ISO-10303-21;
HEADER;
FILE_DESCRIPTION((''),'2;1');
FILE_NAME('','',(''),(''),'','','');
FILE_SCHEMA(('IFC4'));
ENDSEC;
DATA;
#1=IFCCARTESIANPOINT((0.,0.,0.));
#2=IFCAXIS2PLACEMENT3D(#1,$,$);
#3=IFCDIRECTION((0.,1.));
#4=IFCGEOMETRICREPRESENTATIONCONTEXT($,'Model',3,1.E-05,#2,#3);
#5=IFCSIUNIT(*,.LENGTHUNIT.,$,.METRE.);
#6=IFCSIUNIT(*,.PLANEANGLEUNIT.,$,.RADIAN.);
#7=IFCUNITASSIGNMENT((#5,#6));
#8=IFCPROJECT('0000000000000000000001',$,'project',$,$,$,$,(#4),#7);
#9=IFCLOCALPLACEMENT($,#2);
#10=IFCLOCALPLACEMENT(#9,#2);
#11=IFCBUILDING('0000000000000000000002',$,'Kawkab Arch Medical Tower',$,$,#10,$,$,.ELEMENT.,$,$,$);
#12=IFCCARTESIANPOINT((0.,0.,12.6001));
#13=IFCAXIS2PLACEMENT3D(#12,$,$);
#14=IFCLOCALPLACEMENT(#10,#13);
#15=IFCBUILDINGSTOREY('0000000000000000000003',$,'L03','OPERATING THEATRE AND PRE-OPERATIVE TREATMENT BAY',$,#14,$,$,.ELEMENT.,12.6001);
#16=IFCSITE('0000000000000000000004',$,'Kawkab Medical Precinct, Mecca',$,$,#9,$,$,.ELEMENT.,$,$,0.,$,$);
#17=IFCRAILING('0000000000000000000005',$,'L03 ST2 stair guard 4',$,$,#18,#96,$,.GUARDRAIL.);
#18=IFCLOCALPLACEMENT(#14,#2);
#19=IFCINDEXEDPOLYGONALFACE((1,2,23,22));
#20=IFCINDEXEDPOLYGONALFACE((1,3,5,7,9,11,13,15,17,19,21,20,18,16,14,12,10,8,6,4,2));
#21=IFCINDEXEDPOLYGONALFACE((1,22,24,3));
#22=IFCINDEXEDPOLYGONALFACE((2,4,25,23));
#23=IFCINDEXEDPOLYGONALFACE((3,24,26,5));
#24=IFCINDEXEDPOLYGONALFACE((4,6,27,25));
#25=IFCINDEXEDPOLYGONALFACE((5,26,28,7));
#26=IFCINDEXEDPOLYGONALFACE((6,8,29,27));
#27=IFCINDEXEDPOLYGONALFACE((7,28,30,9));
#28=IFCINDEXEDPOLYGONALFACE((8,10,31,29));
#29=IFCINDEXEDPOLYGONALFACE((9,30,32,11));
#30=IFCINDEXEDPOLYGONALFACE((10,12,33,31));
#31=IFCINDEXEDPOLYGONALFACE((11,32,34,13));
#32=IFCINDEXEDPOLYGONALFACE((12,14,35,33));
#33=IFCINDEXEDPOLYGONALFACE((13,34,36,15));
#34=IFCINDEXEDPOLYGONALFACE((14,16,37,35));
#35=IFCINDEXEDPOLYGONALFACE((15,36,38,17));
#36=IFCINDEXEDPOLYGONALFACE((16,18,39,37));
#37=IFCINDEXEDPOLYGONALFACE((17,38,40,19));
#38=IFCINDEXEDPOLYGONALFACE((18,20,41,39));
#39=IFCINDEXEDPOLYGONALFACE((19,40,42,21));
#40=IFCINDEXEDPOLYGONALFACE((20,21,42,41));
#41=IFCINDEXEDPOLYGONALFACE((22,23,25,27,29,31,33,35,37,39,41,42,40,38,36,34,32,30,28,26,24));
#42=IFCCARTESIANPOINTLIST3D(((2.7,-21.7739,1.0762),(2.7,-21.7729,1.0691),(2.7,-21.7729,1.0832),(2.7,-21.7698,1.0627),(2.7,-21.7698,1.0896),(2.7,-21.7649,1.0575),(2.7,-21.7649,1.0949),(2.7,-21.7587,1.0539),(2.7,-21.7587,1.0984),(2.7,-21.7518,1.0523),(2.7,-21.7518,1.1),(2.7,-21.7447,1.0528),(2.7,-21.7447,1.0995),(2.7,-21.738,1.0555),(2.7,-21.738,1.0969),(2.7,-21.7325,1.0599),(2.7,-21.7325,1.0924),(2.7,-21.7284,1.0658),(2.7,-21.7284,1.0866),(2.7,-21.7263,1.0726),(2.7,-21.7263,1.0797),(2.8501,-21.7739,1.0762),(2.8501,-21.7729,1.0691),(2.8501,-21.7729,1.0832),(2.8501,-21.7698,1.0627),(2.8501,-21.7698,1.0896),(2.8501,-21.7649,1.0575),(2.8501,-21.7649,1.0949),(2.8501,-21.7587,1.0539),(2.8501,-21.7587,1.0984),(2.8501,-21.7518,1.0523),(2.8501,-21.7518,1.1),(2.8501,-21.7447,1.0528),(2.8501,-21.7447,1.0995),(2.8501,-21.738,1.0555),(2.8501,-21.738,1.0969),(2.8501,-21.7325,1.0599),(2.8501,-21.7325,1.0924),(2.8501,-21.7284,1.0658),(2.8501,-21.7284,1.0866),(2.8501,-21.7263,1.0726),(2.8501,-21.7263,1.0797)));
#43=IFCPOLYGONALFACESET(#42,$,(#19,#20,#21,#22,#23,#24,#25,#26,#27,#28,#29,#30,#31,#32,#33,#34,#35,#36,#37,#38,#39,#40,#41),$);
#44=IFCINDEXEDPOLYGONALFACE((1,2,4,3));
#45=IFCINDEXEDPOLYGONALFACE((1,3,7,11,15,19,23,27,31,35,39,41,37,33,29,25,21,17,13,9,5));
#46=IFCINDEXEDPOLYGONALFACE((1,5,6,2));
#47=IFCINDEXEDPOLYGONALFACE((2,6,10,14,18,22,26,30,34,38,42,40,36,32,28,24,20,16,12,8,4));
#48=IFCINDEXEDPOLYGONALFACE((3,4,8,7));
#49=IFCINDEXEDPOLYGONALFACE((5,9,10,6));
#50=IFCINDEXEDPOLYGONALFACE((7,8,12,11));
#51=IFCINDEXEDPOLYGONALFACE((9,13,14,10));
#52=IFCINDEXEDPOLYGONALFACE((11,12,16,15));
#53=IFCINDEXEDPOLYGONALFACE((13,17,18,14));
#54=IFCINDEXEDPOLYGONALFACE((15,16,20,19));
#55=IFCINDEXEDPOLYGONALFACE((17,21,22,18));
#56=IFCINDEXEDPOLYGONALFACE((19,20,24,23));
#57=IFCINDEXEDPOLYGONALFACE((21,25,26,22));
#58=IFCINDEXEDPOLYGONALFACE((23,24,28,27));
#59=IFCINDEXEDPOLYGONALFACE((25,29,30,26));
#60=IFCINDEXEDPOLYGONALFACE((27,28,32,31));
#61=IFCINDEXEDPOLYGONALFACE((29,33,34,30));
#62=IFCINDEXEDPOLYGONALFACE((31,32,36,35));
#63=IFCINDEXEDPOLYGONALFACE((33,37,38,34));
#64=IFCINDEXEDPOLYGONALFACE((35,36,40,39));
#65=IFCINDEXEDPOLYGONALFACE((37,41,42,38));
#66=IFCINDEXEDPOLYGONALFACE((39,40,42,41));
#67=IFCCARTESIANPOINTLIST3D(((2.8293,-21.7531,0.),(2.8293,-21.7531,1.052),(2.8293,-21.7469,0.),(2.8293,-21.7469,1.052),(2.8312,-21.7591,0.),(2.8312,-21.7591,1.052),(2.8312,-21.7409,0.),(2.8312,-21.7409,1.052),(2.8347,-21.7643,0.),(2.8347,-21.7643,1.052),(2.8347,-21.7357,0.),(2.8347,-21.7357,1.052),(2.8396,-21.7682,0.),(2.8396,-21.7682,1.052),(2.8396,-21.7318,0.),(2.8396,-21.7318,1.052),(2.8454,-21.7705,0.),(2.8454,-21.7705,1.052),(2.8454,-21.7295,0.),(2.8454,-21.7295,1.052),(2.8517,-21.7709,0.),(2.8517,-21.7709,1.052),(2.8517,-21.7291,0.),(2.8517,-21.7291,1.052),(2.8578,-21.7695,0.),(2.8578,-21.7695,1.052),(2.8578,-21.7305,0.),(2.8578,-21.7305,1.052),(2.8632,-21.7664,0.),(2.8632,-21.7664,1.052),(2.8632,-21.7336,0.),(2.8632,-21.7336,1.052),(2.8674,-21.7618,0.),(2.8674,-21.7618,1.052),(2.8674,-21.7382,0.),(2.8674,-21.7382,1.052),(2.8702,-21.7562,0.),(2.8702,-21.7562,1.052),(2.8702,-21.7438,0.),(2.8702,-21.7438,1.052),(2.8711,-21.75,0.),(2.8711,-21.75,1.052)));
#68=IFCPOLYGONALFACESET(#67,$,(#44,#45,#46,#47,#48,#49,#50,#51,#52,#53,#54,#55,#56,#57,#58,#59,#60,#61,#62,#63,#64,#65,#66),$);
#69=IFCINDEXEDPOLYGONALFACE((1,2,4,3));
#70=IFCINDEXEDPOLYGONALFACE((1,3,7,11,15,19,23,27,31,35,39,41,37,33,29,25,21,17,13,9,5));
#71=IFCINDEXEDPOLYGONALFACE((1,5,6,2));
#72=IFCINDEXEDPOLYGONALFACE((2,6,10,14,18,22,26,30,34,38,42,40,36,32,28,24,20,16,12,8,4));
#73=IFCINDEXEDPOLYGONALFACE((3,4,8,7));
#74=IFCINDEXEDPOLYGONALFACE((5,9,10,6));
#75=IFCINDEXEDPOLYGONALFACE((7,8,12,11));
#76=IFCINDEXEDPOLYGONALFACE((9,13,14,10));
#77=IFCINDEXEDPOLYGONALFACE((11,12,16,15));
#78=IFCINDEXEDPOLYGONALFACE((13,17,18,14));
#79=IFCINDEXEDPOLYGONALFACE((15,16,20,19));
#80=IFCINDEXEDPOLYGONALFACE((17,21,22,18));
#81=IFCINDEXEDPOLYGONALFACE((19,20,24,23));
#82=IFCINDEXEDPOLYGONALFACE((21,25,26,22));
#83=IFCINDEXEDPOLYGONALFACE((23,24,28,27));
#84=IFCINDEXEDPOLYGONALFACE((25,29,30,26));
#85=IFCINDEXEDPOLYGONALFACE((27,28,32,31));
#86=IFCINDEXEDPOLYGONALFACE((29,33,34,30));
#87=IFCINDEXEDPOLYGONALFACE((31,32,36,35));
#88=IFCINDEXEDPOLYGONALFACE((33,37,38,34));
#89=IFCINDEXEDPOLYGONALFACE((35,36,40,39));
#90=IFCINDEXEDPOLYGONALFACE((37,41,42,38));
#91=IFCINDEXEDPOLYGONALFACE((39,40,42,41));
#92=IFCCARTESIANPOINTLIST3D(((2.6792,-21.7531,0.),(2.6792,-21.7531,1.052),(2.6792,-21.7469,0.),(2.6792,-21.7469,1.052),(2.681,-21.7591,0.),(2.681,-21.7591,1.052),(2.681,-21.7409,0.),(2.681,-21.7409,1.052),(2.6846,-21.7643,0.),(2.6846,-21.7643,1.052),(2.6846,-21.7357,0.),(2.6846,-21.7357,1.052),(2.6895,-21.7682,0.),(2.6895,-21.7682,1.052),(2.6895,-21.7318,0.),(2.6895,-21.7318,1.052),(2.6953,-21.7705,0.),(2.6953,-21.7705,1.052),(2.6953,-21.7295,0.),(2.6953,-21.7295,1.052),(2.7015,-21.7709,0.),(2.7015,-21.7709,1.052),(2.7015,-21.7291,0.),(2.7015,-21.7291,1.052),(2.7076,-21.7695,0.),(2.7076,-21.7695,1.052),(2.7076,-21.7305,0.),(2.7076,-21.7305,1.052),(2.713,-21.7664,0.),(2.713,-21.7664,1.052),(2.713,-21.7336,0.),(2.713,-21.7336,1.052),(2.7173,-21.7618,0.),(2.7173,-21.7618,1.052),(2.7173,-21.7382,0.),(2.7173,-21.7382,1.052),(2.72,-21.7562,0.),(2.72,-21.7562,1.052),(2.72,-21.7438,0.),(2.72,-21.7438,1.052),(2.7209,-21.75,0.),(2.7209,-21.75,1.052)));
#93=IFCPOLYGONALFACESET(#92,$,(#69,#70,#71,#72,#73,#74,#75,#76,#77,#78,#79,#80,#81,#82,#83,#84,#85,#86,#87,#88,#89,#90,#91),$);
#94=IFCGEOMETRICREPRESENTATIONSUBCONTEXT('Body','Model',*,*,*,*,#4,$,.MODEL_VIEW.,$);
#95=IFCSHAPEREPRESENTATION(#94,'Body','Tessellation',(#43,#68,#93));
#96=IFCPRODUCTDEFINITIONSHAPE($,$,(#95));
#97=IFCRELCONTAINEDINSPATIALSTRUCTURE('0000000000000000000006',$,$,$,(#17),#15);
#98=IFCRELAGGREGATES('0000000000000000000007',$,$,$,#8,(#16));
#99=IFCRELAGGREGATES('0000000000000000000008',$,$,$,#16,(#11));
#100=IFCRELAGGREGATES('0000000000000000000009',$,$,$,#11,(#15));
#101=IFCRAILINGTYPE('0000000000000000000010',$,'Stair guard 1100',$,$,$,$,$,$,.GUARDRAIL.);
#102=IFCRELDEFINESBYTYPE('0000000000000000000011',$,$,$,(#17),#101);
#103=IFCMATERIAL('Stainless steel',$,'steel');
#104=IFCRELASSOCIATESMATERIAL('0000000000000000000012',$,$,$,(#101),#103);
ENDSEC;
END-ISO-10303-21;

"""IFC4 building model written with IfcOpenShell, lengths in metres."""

from ifc_helpers import new_model, si_unit, direction, frame, origin, origin_2d, place, context, subcontext, project, spatial, circle, extrude, material, type_object, element, save


model = new_model("IFC4")

# Units and contexts
model_context = context("Model", 3, precision=1e-05, world=origin(), true_north=direction((0.0, 1.0)))
body_context = subcontext(model_context, "Body", "Model", "MODEL_VIEW")
ifc_project = project(units=[si_unit("LENGTHUNIT", "METRE"), si_unit("PLANEANGLEUNIT", "RADIAN")], contexts=[model_context])

# Site, building, storey
site_placement = place(None, origin())
site = spatial("IfcSite", under=ifc_project, at=site_placement, Name="Kawkab Medical Precinct, Mecca", CompositionType="ELEMENT", RefElevation=0.0)
building_placement = place(site_placement, origin())
building = spatial("IfcBuilding", under=site, at=building_placement, Name="Kawkab Arch Medical Tower", CompositionType="ELEMENT")
storey_placement = place(building_placement, frame((0.0, 0.0, 12.6001)))
storey = spatial("IfcBuildingStorey", under=building, at=storey_placement, Name="L03", Description="OPERATING THEATRE AND PRE-OPERATIVE TREATMENT BAY", CompositionType="ELEMENT", Elevation=12.6001)

# Railing
ifc_material_1 = material(Name="Stainless steel", Category="steel")
railing_type = type_object("IfcRailingType", Name="Stair guard 1100", PredefinedType="GUARDRAIL", material=ifc_material_1)
railing_1_placement = place(storey_placement, frame((2.8501, -21.75, 0.0)))
element("IfcRailing", 1, at=railing_1_placement, inside=storey, type_object=railing_type, Name="L03 ST2 stair guard 4", PredefinedType="GUARDRAIL", context=body_context, shape_type="SweptSolid", body=[
    extrude(circle(Radius=0.0239, at=origin_2d()), frame((0.0, 0.0, 1.0762), z_axis=(-1.0, 0.0, 0.0), x_axis=(0.0, -1.0, 0.0)), (0.0, 0.0, 1.0), 0.1501),
    extrude(circle(Radius=0.021, at=origin_2d()), origin(), (0.0, 0.0, 1.0), 1.052),
    extrude(circle(Radius=0.021, at=origin_2d()), frame((-0.1501, 0.0, 0.0)), (0.0, 0.0, 1.0), 1.052),
])

save(model, "model.ifc")
